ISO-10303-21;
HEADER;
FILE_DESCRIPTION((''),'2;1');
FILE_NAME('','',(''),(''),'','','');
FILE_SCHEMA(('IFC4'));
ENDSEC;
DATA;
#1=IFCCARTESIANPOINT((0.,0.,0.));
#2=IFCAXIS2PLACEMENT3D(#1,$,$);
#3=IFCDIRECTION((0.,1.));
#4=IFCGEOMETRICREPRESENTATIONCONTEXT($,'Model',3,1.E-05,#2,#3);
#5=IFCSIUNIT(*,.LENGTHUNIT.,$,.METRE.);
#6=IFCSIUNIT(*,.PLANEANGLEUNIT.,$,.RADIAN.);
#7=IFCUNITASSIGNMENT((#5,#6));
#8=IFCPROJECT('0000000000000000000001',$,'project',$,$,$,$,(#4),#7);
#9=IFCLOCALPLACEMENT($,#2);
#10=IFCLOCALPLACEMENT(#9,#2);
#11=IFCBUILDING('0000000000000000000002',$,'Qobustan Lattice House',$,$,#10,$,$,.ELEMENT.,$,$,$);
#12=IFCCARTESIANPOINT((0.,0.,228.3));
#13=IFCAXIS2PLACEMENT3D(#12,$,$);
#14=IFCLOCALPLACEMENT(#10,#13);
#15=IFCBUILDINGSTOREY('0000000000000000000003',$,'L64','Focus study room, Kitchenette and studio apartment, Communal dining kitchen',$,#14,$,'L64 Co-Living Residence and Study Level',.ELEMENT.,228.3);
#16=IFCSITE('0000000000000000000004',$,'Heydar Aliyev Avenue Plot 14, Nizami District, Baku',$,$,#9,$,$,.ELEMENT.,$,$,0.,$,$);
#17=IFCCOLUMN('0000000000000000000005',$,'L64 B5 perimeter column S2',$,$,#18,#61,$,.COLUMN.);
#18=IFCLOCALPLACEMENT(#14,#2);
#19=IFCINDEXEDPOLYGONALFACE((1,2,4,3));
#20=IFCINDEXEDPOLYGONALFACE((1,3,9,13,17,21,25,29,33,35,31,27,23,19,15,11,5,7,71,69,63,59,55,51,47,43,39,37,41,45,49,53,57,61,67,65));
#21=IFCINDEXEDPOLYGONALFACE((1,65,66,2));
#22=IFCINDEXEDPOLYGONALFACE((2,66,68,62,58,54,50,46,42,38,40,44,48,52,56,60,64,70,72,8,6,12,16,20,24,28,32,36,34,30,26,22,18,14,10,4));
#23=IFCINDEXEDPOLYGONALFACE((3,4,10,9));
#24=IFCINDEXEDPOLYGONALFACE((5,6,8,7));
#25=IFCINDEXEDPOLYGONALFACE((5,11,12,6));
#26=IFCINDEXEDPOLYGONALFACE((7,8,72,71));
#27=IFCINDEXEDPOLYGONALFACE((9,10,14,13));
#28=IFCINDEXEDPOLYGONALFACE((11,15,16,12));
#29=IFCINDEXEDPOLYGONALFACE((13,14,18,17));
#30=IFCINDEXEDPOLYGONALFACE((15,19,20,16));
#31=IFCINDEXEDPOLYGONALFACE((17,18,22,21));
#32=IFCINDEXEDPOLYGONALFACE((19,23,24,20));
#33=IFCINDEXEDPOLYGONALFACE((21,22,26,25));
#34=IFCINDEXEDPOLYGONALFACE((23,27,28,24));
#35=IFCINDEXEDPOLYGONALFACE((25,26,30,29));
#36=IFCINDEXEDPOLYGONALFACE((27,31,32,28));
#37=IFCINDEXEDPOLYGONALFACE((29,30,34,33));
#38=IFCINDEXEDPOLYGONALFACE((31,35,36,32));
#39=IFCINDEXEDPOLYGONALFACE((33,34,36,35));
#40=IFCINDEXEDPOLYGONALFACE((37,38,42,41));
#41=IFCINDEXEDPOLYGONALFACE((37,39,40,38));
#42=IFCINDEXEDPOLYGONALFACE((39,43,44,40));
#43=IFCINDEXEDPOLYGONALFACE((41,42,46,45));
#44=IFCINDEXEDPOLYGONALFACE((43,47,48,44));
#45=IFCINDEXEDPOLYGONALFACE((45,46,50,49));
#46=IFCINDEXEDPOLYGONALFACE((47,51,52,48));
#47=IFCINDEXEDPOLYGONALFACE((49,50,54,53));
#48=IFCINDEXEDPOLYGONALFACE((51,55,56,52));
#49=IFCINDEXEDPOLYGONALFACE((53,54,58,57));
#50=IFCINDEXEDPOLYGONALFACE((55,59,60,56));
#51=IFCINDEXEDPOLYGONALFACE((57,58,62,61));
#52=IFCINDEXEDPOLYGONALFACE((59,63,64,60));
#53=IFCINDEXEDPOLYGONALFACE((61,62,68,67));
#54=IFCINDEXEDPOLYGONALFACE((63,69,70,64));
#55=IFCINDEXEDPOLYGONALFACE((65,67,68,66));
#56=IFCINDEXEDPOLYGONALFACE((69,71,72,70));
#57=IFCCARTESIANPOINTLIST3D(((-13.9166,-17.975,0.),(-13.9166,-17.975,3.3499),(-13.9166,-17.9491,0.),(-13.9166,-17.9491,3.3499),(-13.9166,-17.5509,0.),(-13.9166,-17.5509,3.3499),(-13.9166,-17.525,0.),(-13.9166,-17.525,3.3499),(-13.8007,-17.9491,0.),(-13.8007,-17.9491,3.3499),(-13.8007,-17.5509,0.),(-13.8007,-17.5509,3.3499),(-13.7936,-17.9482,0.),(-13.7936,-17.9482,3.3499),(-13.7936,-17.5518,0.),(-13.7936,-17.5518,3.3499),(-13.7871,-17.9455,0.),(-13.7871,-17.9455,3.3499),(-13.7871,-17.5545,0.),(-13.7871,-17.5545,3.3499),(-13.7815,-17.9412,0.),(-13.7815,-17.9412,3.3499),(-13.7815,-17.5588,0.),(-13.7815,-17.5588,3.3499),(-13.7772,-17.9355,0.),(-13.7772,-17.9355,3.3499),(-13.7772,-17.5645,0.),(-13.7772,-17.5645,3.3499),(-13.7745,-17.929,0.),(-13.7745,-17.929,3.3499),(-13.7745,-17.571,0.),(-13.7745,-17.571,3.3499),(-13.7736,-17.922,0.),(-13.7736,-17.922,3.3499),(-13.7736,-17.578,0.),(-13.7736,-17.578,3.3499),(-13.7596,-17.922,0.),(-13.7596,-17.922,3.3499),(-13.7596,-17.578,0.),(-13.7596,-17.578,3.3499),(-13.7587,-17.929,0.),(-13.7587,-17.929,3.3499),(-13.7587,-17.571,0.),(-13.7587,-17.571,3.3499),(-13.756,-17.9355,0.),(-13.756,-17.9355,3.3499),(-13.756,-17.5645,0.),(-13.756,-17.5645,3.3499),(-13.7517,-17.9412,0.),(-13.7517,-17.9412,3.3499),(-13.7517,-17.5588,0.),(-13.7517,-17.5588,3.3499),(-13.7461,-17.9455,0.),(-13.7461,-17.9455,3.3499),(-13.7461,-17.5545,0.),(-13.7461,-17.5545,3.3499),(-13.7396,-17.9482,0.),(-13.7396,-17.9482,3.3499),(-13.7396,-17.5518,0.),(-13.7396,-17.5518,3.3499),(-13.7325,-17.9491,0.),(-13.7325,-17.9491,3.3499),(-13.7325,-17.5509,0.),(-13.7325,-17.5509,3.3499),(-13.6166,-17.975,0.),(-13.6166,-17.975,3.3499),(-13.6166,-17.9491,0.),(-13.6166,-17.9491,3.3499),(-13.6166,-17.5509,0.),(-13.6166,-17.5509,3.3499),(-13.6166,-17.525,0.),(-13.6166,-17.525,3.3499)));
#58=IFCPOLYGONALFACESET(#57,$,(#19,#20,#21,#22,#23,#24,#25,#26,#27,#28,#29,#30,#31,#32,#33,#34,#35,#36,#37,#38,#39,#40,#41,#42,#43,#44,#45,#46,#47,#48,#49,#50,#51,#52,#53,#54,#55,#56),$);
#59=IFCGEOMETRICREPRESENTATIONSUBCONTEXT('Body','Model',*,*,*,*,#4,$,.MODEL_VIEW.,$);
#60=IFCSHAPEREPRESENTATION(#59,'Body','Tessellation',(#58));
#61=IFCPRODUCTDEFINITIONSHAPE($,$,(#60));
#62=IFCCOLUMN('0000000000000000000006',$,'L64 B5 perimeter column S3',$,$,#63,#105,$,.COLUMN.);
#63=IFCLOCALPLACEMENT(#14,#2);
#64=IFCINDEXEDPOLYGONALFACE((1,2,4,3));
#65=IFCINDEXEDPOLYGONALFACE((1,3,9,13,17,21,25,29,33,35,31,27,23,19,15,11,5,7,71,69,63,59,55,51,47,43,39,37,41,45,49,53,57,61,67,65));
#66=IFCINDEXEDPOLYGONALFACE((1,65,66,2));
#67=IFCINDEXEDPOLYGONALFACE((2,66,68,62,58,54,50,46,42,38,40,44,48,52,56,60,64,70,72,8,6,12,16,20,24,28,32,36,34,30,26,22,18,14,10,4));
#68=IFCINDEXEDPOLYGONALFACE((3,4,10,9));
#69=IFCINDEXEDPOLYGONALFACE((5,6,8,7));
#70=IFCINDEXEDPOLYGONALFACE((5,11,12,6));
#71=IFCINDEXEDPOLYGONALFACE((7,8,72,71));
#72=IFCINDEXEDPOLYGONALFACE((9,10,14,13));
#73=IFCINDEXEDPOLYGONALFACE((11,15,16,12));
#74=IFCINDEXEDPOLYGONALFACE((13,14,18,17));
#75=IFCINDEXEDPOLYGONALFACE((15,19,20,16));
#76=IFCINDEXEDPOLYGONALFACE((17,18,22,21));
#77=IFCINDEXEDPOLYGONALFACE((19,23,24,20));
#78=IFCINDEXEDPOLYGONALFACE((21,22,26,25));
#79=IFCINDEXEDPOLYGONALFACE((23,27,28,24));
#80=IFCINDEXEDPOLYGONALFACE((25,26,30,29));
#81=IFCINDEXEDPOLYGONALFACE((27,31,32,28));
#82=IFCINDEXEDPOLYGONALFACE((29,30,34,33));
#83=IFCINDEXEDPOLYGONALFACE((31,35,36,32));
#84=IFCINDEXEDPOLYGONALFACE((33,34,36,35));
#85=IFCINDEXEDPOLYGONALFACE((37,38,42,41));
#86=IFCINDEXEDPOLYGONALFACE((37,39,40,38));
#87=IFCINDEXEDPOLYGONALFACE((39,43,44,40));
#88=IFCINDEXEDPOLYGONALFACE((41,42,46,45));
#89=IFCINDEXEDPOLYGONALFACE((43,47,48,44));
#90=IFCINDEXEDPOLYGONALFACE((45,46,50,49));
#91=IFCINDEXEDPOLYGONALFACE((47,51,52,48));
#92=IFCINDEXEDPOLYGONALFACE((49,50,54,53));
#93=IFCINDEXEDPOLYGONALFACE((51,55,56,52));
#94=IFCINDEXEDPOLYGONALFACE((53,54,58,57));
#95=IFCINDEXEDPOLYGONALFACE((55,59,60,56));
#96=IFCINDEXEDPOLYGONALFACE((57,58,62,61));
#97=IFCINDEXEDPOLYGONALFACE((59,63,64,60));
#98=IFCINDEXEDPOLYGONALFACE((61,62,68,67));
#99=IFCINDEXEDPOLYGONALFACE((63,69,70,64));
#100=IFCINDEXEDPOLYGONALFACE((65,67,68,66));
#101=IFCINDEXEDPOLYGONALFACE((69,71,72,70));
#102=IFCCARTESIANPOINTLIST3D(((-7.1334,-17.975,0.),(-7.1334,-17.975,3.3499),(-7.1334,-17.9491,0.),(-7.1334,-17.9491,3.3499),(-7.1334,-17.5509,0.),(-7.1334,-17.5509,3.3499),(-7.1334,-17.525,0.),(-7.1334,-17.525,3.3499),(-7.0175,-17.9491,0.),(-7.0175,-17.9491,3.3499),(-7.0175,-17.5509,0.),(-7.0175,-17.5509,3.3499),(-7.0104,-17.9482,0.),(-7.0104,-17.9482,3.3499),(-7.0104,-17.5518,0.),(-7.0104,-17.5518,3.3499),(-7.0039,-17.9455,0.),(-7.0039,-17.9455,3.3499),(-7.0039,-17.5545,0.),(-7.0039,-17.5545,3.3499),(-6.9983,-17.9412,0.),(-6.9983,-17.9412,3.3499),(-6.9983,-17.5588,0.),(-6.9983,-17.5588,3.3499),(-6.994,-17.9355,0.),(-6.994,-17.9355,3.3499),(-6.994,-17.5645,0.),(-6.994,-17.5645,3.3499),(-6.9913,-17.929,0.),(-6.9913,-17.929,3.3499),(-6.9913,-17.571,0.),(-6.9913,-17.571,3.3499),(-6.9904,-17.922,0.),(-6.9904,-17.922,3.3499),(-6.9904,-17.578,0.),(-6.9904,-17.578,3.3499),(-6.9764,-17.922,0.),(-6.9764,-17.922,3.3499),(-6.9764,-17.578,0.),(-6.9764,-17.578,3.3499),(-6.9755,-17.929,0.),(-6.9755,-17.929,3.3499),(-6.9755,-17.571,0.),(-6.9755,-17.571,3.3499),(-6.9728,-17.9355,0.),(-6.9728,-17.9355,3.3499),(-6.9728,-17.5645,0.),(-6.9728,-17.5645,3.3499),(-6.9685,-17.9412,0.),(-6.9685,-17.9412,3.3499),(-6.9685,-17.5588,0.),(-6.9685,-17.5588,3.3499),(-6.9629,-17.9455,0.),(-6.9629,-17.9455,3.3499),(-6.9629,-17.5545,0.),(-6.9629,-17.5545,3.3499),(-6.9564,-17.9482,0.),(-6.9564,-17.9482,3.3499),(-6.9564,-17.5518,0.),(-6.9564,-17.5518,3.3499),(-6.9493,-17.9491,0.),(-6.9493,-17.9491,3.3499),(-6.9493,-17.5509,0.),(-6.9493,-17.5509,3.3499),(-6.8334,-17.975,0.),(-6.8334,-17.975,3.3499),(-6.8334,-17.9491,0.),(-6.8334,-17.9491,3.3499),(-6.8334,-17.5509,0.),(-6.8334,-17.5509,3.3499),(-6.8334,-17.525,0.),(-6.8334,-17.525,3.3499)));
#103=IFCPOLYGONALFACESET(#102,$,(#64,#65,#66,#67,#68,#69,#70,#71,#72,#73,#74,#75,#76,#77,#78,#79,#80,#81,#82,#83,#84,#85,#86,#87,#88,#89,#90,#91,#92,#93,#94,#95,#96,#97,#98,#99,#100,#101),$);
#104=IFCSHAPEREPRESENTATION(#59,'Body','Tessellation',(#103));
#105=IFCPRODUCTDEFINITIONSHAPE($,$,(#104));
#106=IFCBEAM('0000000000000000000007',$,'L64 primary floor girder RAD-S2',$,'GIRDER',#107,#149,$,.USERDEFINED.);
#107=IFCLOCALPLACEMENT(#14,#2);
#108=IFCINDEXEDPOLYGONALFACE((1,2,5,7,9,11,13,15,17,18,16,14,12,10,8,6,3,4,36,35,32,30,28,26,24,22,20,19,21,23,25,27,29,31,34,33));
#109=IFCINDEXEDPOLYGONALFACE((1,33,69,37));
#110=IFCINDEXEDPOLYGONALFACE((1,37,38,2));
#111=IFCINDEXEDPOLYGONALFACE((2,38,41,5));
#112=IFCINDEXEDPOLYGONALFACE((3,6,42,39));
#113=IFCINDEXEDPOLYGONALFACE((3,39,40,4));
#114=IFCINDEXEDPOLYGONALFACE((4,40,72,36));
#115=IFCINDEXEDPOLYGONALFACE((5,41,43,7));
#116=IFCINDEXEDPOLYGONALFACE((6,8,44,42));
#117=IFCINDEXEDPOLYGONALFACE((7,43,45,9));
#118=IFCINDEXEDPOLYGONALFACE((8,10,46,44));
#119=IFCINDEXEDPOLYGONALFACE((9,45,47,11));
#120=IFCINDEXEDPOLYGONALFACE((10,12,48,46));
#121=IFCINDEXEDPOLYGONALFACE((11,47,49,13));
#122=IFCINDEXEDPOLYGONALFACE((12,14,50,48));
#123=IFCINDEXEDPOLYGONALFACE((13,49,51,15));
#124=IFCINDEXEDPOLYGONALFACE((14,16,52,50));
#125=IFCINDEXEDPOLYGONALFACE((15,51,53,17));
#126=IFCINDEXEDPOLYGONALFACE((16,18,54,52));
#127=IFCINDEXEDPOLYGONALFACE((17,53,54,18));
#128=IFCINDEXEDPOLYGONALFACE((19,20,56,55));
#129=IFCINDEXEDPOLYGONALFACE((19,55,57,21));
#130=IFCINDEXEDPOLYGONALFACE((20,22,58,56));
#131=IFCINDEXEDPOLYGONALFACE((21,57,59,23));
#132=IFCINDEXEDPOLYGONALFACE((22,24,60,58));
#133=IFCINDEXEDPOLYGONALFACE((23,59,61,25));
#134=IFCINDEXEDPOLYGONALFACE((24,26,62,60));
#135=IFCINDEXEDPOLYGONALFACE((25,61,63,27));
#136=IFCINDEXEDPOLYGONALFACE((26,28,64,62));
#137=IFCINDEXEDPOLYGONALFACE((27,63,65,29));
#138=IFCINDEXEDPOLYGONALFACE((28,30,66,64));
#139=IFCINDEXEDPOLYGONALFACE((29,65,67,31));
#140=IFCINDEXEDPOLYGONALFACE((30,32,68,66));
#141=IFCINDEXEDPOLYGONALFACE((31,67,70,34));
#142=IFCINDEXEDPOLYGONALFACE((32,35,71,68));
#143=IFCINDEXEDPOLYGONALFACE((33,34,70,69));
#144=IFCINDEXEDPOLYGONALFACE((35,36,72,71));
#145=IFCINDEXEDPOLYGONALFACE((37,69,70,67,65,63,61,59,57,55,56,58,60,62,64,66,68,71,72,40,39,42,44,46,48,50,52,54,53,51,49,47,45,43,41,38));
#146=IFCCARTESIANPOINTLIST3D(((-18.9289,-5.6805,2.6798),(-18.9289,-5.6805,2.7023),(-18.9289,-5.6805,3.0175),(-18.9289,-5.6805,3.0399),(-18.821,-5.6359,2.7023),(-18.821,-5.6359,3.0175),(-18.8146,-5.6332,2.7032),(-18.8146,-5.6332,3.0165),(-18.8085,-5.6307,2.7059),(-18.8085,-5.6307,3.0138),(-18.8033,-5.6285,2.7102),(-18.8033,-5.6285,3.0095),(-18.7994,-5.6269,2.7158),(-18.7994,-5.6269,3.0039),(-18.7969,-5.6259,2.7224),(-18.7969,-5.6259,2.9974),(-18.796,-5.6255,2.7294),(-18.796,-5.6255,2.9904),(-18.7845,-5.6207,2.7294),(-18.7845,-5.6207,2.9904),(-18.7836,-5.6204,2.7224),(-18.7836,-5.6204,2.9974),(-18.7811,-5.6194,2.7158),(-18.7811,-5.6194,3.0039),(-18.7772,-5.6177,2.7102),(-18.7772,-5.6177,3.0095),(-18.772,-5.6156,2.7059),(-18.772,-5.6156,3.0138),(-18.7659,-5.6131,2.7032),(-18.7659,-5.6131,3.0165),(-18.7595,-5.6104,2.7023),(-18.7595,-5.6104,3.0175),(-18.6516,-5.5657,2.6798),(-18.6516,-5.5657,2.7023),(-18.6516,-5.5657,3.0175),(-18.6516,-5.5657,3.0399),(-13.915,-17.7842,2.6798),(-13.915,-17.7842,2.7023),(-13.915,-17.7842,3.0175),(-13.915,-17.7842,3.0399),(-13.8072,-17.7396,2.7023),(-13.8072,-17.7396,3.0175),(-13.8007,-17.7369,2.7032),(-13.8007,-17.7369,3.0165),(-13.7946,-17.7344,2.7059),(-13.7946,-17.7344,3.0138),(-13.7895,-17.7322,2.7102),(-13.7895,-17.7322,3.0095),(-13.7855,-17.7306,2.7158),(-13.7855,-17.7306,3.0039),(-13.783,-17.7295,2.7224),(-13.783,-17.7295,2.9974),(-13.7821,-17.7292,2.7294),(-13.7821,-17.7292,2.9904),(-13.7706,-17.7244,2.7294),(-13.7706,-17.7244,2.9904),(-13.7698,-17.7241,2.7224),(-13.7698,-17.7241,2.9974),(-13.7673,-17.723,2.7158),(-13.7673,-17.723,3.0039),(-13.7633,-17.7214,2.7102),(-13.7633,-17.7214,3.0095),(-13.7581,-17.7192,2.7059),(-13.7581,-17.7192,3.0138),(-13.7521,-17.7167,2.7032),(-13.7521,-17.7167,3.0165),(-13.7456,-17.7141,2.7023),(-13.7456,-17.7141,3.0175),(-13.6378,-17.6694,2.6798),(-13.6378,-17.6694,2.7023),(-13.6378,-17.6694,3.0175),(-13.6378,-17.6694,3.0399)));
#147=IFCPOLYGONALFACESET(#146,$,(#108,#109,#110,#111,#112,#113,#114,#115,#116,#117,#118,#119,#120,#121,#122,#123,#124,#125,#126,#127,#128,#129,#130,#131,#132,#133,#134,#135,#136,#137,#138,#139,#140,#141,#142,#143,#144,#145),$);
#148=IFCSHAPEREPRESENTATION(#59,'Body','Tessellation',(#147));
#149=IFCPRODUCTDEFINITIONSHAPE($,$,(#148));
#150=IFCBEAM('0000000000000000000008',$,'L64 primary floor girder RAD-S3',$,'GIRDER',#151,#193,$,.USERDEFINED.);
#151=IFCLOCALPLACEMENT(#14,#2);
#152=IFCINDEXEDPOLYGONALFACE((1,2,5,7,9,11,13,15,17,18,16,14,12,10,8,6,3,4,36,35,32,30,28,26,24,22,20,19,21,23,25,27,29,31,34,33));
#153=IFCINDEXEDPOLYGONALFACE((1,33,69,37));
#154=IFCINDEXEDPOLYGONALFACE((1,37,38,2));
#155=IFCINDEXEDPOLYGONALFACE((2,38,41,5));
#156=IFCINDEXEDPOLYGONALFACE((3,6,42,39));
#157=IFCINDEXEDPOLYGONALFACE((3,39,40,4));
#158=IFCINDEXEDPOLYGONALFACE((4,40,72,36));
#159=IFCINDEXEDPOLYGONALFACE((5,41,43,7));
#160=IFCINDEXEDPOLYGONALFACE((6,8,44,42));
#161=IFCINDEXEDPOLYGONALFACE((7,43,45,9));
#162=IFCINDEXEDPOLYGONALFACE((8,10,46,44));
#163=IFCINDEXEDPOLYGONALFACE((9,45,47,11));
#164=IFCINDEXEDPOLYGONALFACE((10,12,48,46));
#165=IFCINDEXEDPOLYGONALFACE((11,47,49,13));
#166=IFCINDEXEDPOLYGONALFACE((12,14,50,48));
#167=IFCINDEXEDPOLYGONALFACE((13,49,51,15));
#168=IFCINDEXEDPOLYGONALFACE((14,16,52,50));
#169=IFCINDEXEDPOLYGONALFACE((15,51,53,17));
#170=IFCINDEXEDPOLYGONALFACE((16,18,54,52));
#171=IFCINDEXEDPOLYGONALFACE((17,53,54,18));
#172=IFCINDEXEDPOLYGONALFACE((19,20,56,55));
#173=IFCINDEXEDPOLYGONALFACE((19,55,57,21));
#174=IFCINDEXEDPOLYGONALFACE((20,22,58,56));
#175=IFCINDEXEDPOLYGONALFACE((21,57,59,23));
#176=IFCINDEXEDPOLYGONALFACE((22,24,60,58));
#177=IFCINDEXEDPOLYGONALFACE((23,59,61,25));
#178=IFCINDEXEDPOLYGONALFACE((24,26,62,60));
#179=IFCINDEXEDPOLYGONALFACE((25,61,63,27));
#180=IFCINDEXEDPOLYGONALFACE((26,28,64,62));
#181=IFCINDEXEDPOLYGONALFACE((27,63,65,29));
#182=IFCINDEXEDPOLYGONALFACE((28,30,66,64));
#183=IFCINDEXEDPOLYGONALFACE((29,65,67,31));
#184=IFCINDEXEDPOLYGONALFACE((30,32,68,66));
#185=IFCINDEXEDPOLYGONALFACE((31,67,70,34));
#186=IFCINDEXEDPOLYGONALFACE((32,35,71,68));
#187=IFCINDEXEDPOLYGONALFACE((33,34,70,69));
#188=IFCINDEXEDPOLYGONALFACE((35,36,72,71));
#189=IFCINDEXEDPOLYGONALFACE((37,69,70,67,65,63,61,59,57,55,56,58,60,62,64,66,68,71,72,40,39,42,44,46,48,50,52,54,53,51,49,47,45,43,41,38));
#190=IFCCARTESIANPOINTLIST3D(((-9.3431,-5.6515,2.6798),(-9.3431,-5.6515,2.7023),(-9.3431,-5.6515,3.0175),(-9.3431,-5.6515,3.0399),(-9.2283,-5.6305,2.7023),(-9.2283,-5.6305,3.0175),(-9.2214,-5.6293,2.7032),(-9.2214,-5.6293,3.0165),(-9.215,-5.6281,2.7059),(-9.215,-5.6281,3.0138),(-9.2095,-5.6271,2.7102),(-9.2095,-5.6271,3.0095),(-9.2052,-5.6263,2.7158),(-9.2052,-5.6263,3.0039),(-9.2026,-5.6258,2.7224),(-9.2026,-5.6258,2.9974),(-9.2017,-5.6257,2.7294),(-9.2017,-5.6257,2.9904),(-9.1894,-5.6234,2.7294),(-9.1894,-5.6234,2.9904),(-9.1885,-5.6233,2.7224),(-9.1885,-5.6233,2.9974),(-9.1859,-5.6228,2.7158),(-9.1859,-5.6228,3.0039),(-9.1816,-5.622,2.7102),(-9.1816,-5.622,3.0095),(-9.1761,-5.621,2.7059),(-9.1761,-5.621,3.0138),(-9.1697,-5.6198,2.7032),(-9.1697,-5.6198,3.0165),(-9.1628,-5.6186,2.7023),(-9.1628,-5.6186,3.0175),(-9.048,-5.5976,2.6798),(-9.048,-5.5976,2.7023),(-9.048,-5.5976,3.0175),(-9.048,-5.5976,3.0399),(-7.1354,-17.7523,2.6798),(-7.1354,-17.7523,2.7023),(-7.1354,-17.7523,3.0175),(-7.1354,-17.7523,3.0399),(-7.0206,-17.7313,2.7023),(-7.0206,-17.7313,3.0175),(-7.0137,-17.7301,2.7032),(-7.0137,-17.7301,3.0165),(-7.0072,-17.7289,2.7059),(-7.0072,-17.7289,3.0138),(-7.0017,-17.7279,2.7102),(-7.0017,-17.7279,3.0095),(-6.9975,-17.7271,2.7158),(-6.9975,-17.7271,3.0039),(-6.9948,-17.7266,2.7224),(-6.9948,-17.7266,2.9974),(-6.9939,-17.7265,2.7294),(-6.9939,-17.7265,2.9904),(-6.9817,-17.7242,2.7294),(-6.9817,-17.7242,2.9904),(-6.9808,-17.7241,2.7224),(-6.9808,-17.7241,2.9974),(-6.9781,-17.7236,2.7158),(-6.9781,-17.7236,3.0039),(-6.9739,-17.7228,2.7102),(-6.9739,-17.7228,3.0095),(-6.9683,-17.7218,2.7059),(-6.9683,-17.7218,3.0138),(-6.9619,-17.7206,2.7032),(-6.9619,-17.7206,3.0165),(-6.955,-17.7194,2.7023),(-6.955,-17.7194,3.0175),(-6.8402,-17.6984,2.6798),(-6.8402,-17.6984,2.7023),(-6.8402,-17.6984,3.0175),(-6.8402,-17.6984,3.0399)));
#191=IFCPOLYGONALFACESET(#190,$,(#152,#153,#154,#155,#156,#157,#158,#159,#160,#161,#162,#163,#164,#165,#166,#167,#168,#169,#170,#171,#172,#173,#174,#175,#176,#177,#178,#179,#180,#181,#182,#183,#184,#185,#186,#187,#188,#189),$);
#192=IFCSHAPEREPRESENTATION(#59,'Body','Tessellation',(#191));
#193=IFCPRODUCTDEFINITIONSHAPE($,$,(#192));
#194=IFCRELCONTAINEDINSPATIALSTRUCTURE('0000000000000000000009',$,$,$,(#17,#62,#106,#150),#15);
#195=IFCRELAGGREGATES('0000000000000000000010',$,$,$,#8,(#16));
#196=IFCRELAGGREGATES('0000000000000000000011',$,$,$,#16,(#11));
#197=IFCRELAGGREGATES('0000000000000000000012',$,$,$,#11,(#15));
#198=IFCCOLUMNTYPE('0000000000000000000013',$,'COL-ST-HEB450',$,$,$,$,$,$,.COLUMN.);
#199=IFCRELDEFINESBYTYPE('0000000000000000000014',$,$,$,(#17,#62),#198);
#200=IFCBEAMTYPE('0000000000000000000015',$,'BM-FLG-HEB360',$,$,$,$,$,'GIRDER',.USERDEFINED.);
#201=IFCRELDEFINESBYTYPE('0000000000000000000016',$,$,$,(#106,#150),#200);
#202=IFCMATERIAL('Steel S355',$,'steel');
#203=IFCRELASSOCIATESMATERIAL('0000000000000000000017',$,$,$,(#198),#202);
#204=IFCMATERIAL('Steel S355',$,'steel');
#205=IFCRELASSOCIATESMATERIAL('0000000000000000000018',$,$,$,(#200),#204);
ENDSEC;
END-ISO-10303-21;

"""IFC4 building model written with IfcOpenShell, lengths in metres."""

from ifc_helpers import new_model, si_unit, direction, frame, origin, origin_2d, place, context, subcontext, project, spatial, i_section, extrude, material, material_profile, profile_set, type_object, element, save


model = new_model("IFC4")

# Units and contexts
model_context = context("Model", 3, precision=1e-05, world=origin(), true_north=direction((0.0, 1.0)))
body_context = subcontext(model_context, "Body", "Model", "MODEL_VIEW")
ifc_project = project(units=[si_unit("LENGTHUNIT", "METRE"), si_unit("PLANEANGLEUNIT", "RADIAN")], contexts=[model_context])

# Site, building, storey
site_placement = place(None, origin())
site = spatial("IfcSite", under=ifc_project, at=site_placement, Name="Heydar Aliyev Avenue Plot 14, Nizami District, Baku", CompositionType="ELEMENT", RefElevation=0.0)
building_placement = place(site_placement, origin())
building = spatial("IfcBuilding", under=site, at=building_placement, Name="Qobustan Lattice House", CompositionType="ELEMENT")
storey_placement = place(building_placement, frame((0.0, 0.0, 228.3)))
storey = spatial("IfcBuildingStorey", under=building, at=storey_placement, Name="L64", Description="Focus study room, Kitchenette and studio apartment, Communal dining kitchen", LongName="L64 Co-Living Residence and Study Level", CompositionType="ELEMENT", Elevation=228.3)

# Columns
ifc_material_1 = material(Name="Steel S355", Category="steel")
ifc_material_profile_1 = material_profile(ifc_material_1, i_section(OverallWidth=0.3, OverallDepth=0.45, WebThickness=0.0139, FlangeThickness=0.0259, FilletRadius=0.0271, at=origin_2d()), Name="HEB450")
ifc_profile_set_1 = profile_set([ifc_material_profile_1], Name="Steel S355")
column_type = type_object("IfcColumnType", Name="COL-ST-HEB450", PredefinedType="COLUMN", material=ifc_profile_set_1)
for number, where, z_axis, x_axis, name in (
    (1, (-13.7666, -17.75, 0.0), (0.0, 0.0, 1.0), (1.0, 0.0, 0.0), "L64 B5 perimeter column S2"),
    (2, (-6.9834, -17.75, 0.0), (0.0, 0.0, 1.0), (1.0, 0.0, 0.0), "L64 B5 perimeter column S3"),
):
    element("IfcColumn", number, at=place(storey_placement, frame(where, z_axis=z_axis, x_axis=x_axis)), inside=storey, type_object=column_type, Name=name, PredefinedType="COLUMN", context=body_context, shape_type="SweptSolid", body=[
        extrude(i_section(OverallWidth=0.3, OverallDepth=0.45, WebThickness=0.0139, FlangeThickness=0.0259, FilletRadius=0.0271, at=origin_2d()), origin(), (0.0, 0.0, 1.0), 3.3499),
    ])

# Beams
ifc_material_2 = material(Name="Steel S355", Category="steel")
ifc_material_profile_2 = material_profile(ifc_material_2, i_section(OverallWidth=0.3, OverallDepth=0.3601, WebThickness=0.0125, FlangeThickness=0.0225, FilletRadius=0.0271, at=origin_2d()), Name="HEB360")
ifc_profile_set_2 = profile_set([ifc_material_profile_2], Name="Steel S355")
beam_type_1 = type_object("IfcBeamType", Name="BM-FLG-HEB360", ElementType="GIRDER", PredefinedType="USERDEFINED", material=ifc_profile_set_2)
beam_1_placement = place(storey_placement, frame((-13.7764, -17.7268, 2.8599), z_axis=(-0.382708, 0.923869, 0.0), x_axis=(-0.923869, -0.382708, 0.0)))
element("IfcBeam", 3, at=beam_1_placement, inside=storey, type_object=beam_type_1, Name="L64 primary floor girder RAD-S2", ObjectType="GIRDER", PredefinedType="USERDEFINED", context=body_context, shape_type="SweptSolid", body=[
    extrude(i_section(OverallWidth=0.3, OverallDepth=0.3601, WebThickness=0.0125, FlangeThickness=0.0225, FilletRadius=0.0271, at=origin_2d()), origin(), (0.0, 0.0, 1.0), 13.1011),
])
beam_2_placement = place(storey_placement, frame((-6.9878, -17.7253, 2.8599), z_axis=(-0.179484, 0.983761, 0.0), x_axis=(-0.983761, -0.179484, 0.0)))
element("IfcBeam", 4, at=beam_2_placement, inside=storey, type_object=beam_type_1, Name="L64 primary floor girder RAD-S3", ObjectType="GIRDER", PredefinedType="USERDEFINED", context=body_context, shape_type="SweptSolid", body=[
    extrude(i_section(OverallWidth=0.3, OverallDepth=0.3601, WebThickness=0.0125, FlangeThickness=0.0225, FilletRadius=0.0271, at=origin_2d()), origin(), (0.0, 0.0, 1.0), 12.3005),
])

save(model, "model.ifc")
